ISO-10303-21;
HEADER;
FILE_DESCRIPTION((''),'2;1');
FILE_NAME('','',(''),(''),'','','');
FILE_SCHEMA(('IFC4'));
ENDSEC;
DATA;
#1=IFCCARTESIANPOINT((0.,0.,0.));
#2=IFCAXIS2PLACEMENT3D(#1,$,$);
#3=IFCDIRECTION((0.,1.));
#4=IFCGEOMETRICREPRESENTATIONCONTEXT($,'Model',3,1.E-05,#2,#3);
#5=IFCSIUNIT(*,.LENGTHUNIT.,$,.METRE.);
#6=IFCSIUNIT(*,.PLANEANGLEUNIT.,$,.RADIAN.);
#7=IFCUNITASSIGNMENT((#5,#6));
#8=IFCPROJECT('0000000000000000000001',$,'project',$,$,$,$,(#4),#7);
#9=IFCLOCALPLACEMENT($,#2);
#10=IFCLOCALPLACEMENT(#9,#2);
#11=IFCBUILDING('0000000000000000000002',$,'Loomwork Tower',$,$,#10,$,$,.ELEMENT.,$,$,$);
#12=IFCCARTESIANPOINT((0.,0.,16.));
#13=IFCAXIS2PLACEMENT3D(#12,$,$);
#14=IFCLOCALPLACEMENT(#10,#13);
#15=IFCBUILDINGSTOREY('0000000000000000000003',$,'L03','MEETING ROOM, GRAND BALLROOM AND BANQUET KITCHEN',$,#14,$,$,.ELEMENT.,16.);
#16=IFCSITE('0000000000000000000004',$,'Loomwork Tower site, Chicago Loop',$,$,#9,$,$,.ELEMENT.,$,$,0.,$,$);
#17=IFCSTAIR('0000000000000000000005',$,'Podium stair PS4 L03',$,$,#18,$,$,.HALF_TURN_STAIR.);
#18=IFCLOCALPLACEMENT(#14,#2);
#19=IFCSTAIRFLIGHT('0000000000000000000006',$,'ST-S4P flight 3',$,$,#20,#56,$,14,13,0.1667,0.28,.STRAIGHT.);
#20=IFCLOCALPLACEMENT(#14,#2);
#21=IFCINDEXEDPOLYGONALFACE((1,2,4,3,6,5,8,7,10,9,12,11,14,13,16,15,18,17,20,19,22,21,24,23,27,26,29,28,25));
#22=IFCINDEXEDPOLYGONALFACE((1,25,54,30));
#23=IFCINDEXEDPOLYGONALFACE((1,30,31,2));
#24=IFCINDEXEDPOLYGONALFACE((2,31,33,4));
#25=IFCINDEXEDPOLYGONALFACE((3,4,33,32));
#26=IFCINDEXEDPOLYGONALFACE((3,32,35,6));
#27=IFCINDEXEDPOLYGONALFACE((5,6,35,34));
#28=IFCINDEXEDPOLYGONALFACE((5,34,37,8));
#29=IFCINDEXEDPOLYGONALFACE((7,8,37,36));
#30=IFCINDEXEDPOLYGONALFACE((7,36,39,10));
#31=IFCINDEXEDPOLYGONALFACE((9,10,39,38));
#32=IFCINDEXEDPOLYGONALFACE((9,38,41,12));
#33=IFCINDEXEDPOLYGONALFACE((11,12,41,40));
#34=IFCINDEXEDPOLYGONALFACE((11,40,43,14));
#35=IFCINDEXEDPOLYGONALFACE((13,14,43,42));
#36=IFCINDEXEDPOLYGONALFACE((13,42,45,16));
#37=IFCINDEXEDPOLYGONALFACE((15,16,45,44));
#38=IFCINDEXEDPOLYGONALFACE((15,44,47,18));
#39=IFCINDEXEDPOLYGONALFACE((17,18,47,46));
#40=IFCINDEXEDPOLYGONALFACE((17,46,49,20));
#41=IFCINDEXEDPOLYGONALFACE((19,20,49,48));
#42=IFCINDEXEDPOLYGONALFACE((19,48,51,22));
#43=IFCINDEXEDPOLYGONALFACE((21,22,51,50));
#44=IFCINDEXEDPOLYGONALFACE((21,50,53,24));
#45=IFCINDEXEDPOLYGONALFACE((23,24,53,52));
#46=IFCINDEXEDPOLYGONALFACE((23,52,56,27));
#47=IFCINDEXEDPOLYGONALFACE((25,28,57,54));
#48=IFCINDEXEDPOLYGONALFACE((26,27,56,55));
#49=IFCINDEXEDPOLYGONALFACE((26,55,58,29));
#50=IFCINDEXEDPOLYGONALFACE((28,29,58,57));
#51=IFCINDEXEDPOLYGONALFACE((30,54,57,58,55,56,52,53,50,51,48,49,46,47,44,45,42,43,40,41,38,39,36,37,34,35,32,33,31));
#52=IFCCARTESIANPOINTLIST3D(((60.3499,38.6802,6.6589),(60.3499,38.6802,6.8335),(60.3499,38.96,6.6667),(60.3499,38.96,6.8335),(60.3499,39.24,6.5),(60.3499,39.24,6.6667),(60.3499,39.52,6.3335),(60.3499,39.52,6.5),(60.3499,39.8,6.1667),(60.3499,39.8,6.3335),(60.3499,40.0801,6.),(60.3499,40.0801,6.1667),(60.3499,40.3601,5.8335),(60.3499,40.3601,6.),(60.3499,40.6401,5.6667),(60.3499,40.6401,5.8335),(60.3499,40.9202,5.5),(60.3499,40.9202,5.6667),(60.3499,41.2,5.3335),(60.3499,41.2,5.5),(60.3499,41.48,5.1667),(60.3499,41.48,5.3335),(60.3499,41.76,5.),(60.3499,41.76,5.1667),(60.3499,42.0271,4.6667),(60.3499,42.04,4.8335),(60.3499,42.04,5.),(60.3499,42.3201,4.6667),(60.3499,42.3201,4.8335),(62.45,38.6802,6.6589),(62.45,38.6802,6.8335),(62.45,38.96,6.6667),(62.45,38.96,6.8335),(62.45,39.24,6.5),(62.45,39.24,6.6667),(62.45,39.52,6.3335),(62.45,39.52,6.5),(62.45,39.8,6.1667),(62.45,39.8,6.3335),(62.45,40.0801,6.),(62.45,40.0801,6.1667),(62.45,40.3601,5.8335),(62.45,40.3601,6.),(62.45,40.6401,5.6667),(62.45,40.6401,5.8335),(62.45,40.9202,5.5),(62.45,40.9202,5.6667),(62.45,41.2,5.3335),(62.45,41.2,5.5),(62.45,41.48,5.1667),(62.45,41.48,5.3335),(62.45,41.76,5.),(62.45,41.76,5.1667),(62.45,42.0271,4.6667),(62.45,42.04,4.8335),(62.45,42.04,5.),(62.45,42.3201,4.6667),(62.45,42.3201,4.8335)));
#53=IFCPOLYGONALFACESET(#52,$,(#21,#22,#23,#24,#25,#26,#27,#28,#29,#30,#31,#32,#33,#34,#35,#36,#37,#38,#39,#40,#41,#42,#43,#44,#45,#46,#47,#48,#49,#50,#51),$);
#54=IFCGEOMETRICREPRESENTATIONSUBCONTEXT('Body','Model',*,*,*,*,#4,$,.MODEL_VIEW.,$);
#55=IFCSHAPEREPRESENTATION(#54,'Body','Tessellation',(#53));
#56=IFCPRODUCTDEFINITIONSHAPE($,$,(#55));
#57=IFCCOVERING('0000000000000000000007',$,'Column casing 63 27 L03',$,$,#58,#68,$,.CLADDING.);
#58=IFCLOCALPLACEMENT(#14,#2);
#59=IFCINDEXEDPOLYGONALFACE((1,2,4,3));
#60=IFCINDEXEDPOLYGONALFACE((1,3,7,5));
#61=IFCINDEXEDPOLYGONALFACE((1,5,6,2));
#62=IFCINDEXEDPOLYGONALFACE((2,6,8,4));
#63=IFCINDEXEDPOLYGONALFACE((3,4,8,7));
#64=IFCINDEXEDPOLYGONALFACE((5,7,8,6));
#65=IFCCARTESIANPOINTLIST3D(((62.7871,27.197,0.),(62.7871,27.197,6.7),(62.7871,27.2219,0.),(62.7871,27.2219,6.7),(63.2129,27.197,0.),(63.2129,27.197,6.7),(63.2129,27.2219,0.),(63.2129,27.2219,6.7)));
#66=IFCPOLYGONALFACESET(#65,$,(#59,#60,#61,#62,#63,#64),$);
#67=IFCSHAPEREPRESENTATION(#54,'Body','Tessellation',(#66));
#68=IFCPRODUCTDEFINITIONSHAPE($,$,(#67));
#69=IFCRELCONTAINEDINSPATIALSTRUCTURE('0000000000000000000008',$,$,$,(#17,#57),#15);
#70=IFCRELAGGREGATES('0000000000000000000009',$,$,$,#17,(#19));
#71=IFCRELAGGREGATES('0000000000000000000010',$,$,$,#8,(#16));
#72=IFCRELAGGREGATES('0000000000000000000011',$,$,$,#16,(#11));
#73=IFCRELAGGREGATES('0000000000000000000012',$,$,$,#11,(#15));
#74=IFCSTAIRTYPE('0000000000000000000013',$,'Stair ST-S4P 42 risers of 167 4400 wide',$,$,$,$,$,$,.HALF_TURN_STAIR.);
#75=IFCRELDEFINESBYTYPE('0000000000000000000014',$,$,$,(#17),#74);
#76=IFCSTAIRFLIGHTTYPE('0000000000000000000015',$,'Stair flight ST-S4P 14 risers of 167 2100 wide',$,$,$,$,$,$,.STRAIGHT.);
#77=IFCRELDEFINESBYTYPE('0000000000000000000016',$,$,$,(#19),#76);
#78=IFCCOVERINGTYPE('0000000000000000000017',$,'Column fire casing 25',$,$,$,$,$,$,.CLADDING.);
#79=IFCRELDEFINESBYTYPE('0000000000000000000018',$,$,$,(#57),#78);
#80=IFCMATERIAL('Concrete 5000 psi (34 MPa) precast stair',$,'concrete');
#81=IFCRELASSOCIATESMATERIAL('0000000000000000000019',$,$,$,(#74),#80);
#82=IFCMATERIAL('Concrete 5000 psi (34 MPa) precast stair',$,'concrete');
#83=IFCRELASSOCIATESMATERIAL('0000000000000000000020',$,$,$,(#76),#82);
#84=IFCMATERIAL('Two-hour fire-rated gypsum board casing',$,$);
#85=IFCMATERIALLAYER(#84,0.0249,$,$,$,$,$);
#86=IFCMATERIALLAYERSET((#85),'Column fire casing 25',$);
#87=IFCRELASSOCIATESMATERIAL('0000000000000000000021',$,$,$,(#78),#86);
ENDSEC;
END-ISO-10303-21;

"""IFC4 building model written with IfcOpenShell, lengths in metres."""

from ifc_helpers import new_model, si_unit, direction, frame, origin, origin_2d, place, context, subcontext, project, spatial, polyline, rectangle, outline, extrude, material, layer, layer_set, type_object, element, aggregate, save


model = new_model("IFC4")

# Units and contexts
model_context = context("Model", 3, precision=1e-05, world=origin(), true_north=direction((0.0, 1.0)))
body_context = subcontext(model_context, "Body", "Model", "MODEL_VIEW")
ifc_project = project(units=[si_unit("LENGTHUNIT", "METRE"), si_unit("PLANEANGLEUNIT", "RADIAN")], contexts=[model_context])

# Site, building, storey
site_placement = place(None, origin())
site = spatial("IfcSite", under=ifc_project, at=site_placement, Name="Loomwork Tower site, Chicago Loop", CompositionType="ELEMENT", RefElevation=0.0)
building_placement = place(site_placement, origin())
building = spatial("IfcBuilding", under=site, at=building_placement, Name="Loomwork Tower", CompositionType="ELEMENT")
storey_placement = place(building_placement, frame((0.0, 0.0, 16.0)))
storey = spatial("IfcBuildingStorey", under=building, at=storey_placement, Name="L03", Description="MEETING ROOM, GRAND BALLROOM AND BANQUET KITCHEN", CompositionType="ELEMENT", Elevation=16.0)

# Stair, stair flight
ifc_material_1 = material(Name="Concrete 5000 psi (34 MPa) precast stair", Category="concrete")
stair_type = type_object("IfcStairType", Name="Stair ST-S4P 42 risers of 167 4400 wide", PredefinedType="HALF_TURN_STAIR", material=ifc_material_1)
stair_placement = place(storey_placement, origin())
stair = element("IfcStair", 1, at=stair_placement, inside=storey, type_object=stair_type, Name="Podium stair PS4 L03", PredefinedType="HALF_TURN_STAIR")
ifc_material_2 = material(Name="Concrete 5000 psi (34 MPa) precast stair", Category="concrete")
stair_flight_type = type_object("IfcStairFlightType", Name="Stair flight ST-S4P 14 risers of 167 2100 wide", PredefinedType="STRAIGHT", material=ifc_material_2)
stair_flight_1_placement = place(storey_placement, frame((61.3999, 42.3201, 4.6667), z_axis=(0.0, 0.0, 1.0), x_axis=(0.0, -1.0, 0.0)))
stair_flight_1 = element("IfcStairFlight", 2, at=stair_flight_1_placement, type_object=stair_flight_type, Name="ST-S4P flight 3", NumberOfRisers=14, NumberOfTreads=13, PredefinedType="STRAIGHT", RiserHeight=0.1667, TreadLength=0.28, context=body_context, shape_type="SweptSolid", body=[
    extrude(outline(polyline([(0.0, 0.0), (0.0, 0.1667), (0.28, 0.1667), (0.28, 0.3333), (0.5601, 0.3333), (0.5601, 0.5), (0.8401, 0.5), (0.8401, 0.6667), (1.1201, 0.6667), (1.1201, 0.8333), (1.3999, 0.8333), (1.3999, 1.0), (1.6799, 1.0), (1.6799, 1.1667), (1.96, 1.1667), (1.96, 1.3333), (2.24, 1.3333), (2.24, 1.5), (2.52, 1.5), (2.52, 1.6667), (2.8, 1.6667), (2.8, 1.8333), (3.0801, 1.8333), (3.0801, 2.0), (3.3601, 2.0), (3.3601, 2.1667), (3.6399, 2.1667), (3.6399, 2.3333), (3.6399, 1.9922), (0.293, 0.0), (0.0, 0.0)])), frame((0.0, 1.05, 0.0), z_axis=(0.0, -1.0, 0.0), x_axis=(1.0, 0.0, 0.0)), (0.0, 0.0, 1.0), 2.1001),
])
aggregate(stair, [stair_flight_1])

# Covering
ifc_material_3 = material(Name="Two-hour fire-rated gypsum board casing")
ifc_layer_1 = layer(ifc_material_3, 0.0249)
ifc_layer_set_1 = layer_set([ifc_layer_1], Name="Column fire casing 25")
covering_type = type_object("IfcCoveringType", Name="Column fire casing 25", PredefinedType="CLADDING", material=ifc_layer_set_1)
covering_placement = place(storey_placement, frame((63.0, 27.2095, 0.0), z_axis=(0.0, 0.0, 1.0), x_axis=(1.0, 0.0, 0.0)))
element("IfcCovering", 3, at=covering_placement, inside=storey, type_object=covering_type, Name="Column casing 63 27 L03", PredefinedType="CLADDING", context=body_context, shape_type="SweptSolid", body=[
    extrude(rectangle(XDim=0.4258, YDim=0.0249, at=origin_2d()), origin(), (0.0, 0.0, 1.0), 6.7),
])

save(model, "model.ifc")
